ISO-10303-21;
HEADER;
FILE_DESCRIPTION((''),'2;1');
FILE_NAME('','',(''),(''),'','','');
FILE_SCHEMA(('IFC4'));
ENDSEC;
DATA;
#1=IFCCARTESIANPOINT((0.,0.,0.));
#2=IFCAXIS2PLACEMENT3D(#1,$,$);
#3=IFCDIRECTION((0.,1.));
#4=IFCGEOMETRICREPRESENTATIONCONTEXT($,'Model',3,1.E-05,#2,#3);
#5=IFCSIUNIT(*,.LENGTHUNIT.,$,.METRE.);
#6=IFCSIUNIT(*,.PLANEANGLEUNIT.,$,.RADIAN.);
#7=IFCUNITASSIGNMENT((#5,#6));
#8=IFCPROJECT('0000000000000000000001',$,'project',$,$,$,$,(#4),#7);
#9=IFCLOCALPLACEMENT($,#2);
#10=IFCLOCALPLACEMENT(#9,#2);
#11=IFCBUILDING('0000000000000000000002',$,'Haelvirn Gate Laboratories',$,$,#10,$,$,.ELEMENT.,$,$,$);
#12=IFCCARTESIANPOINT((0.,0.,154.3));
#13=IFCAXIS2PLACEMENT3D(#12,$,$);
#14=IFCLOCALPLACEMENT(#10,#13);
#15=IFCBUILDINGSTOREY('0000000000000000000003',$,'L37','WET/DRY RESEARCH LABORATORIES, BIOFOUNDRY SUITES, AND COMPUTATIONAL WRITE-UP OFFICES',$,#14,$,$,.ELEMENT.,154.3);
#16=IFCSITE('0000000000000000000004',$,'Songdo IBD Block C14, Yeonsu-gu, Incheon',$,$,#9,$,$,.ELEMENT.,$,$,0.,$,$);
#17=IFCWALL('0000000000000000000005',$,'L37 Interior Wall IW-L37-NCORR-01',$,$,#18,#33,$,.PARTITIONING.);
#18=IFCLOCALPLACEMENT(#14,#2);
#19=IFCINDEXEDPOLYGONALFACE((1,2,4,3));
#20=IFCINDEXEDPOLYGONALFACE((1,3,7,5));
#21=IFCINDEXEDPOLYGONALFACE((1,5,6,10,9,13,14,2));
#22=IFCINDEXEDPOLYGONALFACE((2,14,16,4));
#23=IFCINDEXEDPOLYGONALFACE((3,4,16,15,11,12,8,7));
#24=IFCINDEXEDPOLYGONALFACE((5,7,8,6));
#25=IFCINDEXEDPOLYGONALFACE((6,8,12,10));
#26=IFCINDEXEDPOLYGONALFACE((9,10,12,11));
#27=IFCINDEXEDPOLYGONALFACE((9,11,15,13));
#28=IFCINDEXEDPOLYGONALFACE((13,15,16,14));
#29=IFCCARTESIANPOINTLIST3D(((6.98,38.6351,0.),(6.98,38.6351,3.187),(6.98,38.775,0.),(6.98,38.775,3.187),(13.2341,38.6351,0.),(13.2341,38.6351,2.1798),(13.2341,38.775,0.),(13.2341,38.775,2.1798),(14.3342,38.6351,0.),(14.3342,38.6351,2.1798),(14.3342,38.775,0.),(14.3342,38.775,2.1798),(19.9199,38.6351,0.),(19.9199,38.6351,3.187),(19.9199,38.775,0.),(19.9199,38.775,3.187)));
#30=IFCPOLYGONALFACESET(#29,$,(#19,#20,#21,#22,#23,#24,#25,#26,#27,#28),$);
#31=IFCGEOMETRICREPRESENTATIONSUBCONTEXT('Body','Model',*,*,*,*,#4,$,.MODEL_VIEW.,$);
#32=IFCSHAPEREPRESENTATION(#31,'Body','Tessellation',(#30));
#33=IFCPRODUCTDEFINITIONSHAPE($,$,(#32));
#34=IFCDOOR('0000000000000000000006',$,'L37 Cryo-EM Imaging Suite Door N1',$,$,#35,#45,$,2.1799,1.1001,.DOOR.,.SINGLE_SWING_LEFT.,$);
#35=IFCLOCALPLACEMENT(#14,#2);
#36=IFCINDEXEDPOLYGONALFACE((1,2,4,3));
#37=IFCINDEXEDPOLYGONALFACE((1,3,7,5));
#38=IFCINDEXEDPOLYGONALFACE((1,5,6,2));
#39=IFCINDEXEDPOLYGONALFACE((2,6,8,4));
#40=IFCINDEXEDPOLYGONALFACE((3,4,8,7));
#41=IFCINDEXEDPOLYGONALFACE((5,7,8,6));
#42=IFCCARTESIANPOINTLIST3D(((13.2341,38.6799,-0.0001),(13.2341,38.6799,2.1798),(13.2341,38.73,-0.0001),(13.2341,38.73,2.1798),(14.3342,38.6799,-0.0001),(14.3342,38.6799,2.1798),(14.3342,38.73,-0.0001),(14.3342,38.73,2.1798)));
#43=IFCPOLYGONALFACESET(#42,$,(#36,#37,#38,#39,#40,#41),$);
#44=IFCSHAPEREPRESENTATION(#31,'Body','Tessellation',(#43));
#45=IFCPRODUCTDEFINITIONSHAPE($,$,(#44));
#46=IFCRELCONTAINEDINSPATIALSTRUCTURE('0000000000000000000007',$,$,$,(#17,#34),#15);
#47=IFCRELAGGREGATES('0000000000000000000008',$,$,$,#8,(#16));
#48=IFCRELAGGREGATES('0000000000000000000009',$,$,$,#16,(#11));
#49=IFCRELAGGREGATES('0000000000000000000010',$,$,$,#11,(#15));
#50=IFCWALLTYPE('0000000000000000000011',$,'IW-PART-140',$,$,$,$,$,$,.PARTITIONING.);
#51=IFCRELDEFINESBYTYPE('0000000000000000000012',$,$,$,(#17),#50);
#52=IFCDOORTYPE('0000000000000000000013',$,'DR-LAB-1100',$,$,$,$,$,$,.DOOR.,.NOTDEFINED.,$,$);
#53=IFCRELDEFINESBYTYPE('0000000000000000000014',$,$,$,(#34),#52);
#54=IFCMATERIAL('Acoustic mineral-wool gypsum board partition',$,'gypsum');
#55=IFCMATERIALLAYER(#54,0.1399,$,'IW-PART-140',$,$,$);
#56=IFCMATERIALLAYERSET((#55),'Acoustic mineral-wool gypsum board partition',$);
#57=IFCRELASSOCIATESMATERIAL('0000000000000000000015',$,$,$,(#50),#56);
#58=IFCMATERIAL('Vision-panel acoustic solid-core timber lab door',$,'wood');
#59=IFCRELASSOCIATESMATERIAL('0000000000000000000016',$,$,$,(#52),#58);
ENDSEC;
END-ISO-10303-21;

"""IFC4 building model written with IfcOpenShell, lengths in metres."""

from ifc_helpers import new_model, si_unit, direction, frame, frame_2d, origin, place, context, subcontext, project, spatial, rectangle, extrude, source, transform, mapped, material, layer, layer_set, type_object, type_shapes, element, fill, save


model = new_model("IFC4")

# Units and contexts
model_context = context("Model", 3, precision=1e-05, world=origin(), true_north=direction((0.0, 1.0)))
body_context = subcontext(model_context, "Body", "Model", "MODEL_VIEW")
ifc_project = project(units=[si_unit("LENGTHUNIT", "METRE"), si_unit("PLANEANGLEUNIT", "RADIAN")], contexts=[model_context])

# Site, building, storey
site_placement = place(None, origin())
site = spatial("IfcSite", under=ifc_project, at=site_placement, Name="Songdo IBD Block C14, Yeonsu-gu, Incheon", CompositionType="ELEMENT", RefElevation=0.0)
building_placement = place(site_placement, origin())
building = spatial("IfcBuilding", under=site, at=building_placement, Name="Haelvirn Gate Laboratories", CompositionType="ELEMENT")
storey_placement = place(building_placement, frame((0.0, 0.0, 154.3)))
storey = spatial("IfcBuildingStorey", under=building, at=storey_placement, Name="L37", Description="WET/DRY RESEARCH LABORATORIES, BIOFOUNDRY SUITES, AND COMPUTATIONAL WRITE-UP OFFICES", CompositionType="ELEMENT", Elevation=154.3)

# Wall, opening, door
ifc_material_1 = material(Name="Acoustic mineral-wool gypsum board partition", Category="gypsum")
ifc_layer_1 = layer(ifc_material_1, 0.1399, Name="IW-PART-140")
ifc_layer_set_1 = layer_set([ifc_layer_1], Name="Acoustic mineral-wool gypsum board partition")
wall_type_1 = type_object("IfcWallType", Name="IW-PART-140", PredefinedType="PARTITIONING", material=ifc_layer_set_1)
wall_1_placement = place(storey_placement, frame((6.98, 38.7051, 0.0), z_axis=(0.0, 0.0, 1.0), x_axis=(1.0, 0.0, 0.0)))
wall_1 = element("IfcWall", 1, at=wall_1_placement, inside=storey, type_object=wall_type_1, Name="L37 Interior Wall IW-L37-NCORR-01", PredefinedType="PARTITIONING", context=body_context, shape_type="SweptSolid", body=[
    extrude(rectangle(XDim=12.9399, YDim=0.1399, at=frame_2d((6.47, 0.0))), origin(), (0.0, 0.0, 1.0), 3.187),
])
opening_1_placement = place(wall_1_placement, frame((6.2542, 0.0, 0.0)))
opening_1 = element("IfcOpeningElement", 2, at=opening_1_placement, cuts=wall_1, PredefinedType="OPENING", context=body_context, shape_type="SweptSolid", body=[
    extrude(rectangle(XDim=1.1001, YDim=2.1799, at=frame_2d((0.55, 1.0898))), frame((0.0, 0.0801, 0.0), z_axis=(0.0, -1.0, 0.0), x_axis=(1.0, 0.0, 0.0)), (0.0, 0.0, 1.0), 0.1599),
])
ifc_material_2 = material(Name="Vision-panel acoustic solid-core timber lab door", Category="wood")
door_type_1 = type_object("IfcDoorType", Name="DR-LAB-1100", OperationType="NOTDEFINED", PredefinedType="DOOR", material=ifc_material_2)
shared_shape_1 = source(origin(), body_context, "Body", "SweptSolid", [
    extrude(rectangle(XDim=1.1001, YDim=2.1799, at=frame_2d((0.55, 1.0898))), frame((0.0, 0.0249, 0.0), z_axis=(0.0, -1.0, 0.0), x_axis=(1.0, 0.0, 0.0)), (0.0, 0.0, 1.0), 0.05),
])
type_shapes(door_type_1, [shared_shape_1])
door_1_placement = place(opening_1_placement, origin())
door_1 = element("IfcDoor", 3, at=door_1_placement, inside=storey, type_object=door_type_1, Name="L37 Cryo-EM Imaging Suite Door N1", OperationType="SINGLE_SWING_LEFT", OverallHeight=2.1799, OverallWidth=1.1001, PredefinedType="DOOR", context=body_context, shape_type="MappedRepresentation", body=[
    mapped(shared_shape_1, transform((0.0, 0.0, 0.0), scale=1.0)),
])
fill(opening_1, door_1)

save(model, "model.ifc")
